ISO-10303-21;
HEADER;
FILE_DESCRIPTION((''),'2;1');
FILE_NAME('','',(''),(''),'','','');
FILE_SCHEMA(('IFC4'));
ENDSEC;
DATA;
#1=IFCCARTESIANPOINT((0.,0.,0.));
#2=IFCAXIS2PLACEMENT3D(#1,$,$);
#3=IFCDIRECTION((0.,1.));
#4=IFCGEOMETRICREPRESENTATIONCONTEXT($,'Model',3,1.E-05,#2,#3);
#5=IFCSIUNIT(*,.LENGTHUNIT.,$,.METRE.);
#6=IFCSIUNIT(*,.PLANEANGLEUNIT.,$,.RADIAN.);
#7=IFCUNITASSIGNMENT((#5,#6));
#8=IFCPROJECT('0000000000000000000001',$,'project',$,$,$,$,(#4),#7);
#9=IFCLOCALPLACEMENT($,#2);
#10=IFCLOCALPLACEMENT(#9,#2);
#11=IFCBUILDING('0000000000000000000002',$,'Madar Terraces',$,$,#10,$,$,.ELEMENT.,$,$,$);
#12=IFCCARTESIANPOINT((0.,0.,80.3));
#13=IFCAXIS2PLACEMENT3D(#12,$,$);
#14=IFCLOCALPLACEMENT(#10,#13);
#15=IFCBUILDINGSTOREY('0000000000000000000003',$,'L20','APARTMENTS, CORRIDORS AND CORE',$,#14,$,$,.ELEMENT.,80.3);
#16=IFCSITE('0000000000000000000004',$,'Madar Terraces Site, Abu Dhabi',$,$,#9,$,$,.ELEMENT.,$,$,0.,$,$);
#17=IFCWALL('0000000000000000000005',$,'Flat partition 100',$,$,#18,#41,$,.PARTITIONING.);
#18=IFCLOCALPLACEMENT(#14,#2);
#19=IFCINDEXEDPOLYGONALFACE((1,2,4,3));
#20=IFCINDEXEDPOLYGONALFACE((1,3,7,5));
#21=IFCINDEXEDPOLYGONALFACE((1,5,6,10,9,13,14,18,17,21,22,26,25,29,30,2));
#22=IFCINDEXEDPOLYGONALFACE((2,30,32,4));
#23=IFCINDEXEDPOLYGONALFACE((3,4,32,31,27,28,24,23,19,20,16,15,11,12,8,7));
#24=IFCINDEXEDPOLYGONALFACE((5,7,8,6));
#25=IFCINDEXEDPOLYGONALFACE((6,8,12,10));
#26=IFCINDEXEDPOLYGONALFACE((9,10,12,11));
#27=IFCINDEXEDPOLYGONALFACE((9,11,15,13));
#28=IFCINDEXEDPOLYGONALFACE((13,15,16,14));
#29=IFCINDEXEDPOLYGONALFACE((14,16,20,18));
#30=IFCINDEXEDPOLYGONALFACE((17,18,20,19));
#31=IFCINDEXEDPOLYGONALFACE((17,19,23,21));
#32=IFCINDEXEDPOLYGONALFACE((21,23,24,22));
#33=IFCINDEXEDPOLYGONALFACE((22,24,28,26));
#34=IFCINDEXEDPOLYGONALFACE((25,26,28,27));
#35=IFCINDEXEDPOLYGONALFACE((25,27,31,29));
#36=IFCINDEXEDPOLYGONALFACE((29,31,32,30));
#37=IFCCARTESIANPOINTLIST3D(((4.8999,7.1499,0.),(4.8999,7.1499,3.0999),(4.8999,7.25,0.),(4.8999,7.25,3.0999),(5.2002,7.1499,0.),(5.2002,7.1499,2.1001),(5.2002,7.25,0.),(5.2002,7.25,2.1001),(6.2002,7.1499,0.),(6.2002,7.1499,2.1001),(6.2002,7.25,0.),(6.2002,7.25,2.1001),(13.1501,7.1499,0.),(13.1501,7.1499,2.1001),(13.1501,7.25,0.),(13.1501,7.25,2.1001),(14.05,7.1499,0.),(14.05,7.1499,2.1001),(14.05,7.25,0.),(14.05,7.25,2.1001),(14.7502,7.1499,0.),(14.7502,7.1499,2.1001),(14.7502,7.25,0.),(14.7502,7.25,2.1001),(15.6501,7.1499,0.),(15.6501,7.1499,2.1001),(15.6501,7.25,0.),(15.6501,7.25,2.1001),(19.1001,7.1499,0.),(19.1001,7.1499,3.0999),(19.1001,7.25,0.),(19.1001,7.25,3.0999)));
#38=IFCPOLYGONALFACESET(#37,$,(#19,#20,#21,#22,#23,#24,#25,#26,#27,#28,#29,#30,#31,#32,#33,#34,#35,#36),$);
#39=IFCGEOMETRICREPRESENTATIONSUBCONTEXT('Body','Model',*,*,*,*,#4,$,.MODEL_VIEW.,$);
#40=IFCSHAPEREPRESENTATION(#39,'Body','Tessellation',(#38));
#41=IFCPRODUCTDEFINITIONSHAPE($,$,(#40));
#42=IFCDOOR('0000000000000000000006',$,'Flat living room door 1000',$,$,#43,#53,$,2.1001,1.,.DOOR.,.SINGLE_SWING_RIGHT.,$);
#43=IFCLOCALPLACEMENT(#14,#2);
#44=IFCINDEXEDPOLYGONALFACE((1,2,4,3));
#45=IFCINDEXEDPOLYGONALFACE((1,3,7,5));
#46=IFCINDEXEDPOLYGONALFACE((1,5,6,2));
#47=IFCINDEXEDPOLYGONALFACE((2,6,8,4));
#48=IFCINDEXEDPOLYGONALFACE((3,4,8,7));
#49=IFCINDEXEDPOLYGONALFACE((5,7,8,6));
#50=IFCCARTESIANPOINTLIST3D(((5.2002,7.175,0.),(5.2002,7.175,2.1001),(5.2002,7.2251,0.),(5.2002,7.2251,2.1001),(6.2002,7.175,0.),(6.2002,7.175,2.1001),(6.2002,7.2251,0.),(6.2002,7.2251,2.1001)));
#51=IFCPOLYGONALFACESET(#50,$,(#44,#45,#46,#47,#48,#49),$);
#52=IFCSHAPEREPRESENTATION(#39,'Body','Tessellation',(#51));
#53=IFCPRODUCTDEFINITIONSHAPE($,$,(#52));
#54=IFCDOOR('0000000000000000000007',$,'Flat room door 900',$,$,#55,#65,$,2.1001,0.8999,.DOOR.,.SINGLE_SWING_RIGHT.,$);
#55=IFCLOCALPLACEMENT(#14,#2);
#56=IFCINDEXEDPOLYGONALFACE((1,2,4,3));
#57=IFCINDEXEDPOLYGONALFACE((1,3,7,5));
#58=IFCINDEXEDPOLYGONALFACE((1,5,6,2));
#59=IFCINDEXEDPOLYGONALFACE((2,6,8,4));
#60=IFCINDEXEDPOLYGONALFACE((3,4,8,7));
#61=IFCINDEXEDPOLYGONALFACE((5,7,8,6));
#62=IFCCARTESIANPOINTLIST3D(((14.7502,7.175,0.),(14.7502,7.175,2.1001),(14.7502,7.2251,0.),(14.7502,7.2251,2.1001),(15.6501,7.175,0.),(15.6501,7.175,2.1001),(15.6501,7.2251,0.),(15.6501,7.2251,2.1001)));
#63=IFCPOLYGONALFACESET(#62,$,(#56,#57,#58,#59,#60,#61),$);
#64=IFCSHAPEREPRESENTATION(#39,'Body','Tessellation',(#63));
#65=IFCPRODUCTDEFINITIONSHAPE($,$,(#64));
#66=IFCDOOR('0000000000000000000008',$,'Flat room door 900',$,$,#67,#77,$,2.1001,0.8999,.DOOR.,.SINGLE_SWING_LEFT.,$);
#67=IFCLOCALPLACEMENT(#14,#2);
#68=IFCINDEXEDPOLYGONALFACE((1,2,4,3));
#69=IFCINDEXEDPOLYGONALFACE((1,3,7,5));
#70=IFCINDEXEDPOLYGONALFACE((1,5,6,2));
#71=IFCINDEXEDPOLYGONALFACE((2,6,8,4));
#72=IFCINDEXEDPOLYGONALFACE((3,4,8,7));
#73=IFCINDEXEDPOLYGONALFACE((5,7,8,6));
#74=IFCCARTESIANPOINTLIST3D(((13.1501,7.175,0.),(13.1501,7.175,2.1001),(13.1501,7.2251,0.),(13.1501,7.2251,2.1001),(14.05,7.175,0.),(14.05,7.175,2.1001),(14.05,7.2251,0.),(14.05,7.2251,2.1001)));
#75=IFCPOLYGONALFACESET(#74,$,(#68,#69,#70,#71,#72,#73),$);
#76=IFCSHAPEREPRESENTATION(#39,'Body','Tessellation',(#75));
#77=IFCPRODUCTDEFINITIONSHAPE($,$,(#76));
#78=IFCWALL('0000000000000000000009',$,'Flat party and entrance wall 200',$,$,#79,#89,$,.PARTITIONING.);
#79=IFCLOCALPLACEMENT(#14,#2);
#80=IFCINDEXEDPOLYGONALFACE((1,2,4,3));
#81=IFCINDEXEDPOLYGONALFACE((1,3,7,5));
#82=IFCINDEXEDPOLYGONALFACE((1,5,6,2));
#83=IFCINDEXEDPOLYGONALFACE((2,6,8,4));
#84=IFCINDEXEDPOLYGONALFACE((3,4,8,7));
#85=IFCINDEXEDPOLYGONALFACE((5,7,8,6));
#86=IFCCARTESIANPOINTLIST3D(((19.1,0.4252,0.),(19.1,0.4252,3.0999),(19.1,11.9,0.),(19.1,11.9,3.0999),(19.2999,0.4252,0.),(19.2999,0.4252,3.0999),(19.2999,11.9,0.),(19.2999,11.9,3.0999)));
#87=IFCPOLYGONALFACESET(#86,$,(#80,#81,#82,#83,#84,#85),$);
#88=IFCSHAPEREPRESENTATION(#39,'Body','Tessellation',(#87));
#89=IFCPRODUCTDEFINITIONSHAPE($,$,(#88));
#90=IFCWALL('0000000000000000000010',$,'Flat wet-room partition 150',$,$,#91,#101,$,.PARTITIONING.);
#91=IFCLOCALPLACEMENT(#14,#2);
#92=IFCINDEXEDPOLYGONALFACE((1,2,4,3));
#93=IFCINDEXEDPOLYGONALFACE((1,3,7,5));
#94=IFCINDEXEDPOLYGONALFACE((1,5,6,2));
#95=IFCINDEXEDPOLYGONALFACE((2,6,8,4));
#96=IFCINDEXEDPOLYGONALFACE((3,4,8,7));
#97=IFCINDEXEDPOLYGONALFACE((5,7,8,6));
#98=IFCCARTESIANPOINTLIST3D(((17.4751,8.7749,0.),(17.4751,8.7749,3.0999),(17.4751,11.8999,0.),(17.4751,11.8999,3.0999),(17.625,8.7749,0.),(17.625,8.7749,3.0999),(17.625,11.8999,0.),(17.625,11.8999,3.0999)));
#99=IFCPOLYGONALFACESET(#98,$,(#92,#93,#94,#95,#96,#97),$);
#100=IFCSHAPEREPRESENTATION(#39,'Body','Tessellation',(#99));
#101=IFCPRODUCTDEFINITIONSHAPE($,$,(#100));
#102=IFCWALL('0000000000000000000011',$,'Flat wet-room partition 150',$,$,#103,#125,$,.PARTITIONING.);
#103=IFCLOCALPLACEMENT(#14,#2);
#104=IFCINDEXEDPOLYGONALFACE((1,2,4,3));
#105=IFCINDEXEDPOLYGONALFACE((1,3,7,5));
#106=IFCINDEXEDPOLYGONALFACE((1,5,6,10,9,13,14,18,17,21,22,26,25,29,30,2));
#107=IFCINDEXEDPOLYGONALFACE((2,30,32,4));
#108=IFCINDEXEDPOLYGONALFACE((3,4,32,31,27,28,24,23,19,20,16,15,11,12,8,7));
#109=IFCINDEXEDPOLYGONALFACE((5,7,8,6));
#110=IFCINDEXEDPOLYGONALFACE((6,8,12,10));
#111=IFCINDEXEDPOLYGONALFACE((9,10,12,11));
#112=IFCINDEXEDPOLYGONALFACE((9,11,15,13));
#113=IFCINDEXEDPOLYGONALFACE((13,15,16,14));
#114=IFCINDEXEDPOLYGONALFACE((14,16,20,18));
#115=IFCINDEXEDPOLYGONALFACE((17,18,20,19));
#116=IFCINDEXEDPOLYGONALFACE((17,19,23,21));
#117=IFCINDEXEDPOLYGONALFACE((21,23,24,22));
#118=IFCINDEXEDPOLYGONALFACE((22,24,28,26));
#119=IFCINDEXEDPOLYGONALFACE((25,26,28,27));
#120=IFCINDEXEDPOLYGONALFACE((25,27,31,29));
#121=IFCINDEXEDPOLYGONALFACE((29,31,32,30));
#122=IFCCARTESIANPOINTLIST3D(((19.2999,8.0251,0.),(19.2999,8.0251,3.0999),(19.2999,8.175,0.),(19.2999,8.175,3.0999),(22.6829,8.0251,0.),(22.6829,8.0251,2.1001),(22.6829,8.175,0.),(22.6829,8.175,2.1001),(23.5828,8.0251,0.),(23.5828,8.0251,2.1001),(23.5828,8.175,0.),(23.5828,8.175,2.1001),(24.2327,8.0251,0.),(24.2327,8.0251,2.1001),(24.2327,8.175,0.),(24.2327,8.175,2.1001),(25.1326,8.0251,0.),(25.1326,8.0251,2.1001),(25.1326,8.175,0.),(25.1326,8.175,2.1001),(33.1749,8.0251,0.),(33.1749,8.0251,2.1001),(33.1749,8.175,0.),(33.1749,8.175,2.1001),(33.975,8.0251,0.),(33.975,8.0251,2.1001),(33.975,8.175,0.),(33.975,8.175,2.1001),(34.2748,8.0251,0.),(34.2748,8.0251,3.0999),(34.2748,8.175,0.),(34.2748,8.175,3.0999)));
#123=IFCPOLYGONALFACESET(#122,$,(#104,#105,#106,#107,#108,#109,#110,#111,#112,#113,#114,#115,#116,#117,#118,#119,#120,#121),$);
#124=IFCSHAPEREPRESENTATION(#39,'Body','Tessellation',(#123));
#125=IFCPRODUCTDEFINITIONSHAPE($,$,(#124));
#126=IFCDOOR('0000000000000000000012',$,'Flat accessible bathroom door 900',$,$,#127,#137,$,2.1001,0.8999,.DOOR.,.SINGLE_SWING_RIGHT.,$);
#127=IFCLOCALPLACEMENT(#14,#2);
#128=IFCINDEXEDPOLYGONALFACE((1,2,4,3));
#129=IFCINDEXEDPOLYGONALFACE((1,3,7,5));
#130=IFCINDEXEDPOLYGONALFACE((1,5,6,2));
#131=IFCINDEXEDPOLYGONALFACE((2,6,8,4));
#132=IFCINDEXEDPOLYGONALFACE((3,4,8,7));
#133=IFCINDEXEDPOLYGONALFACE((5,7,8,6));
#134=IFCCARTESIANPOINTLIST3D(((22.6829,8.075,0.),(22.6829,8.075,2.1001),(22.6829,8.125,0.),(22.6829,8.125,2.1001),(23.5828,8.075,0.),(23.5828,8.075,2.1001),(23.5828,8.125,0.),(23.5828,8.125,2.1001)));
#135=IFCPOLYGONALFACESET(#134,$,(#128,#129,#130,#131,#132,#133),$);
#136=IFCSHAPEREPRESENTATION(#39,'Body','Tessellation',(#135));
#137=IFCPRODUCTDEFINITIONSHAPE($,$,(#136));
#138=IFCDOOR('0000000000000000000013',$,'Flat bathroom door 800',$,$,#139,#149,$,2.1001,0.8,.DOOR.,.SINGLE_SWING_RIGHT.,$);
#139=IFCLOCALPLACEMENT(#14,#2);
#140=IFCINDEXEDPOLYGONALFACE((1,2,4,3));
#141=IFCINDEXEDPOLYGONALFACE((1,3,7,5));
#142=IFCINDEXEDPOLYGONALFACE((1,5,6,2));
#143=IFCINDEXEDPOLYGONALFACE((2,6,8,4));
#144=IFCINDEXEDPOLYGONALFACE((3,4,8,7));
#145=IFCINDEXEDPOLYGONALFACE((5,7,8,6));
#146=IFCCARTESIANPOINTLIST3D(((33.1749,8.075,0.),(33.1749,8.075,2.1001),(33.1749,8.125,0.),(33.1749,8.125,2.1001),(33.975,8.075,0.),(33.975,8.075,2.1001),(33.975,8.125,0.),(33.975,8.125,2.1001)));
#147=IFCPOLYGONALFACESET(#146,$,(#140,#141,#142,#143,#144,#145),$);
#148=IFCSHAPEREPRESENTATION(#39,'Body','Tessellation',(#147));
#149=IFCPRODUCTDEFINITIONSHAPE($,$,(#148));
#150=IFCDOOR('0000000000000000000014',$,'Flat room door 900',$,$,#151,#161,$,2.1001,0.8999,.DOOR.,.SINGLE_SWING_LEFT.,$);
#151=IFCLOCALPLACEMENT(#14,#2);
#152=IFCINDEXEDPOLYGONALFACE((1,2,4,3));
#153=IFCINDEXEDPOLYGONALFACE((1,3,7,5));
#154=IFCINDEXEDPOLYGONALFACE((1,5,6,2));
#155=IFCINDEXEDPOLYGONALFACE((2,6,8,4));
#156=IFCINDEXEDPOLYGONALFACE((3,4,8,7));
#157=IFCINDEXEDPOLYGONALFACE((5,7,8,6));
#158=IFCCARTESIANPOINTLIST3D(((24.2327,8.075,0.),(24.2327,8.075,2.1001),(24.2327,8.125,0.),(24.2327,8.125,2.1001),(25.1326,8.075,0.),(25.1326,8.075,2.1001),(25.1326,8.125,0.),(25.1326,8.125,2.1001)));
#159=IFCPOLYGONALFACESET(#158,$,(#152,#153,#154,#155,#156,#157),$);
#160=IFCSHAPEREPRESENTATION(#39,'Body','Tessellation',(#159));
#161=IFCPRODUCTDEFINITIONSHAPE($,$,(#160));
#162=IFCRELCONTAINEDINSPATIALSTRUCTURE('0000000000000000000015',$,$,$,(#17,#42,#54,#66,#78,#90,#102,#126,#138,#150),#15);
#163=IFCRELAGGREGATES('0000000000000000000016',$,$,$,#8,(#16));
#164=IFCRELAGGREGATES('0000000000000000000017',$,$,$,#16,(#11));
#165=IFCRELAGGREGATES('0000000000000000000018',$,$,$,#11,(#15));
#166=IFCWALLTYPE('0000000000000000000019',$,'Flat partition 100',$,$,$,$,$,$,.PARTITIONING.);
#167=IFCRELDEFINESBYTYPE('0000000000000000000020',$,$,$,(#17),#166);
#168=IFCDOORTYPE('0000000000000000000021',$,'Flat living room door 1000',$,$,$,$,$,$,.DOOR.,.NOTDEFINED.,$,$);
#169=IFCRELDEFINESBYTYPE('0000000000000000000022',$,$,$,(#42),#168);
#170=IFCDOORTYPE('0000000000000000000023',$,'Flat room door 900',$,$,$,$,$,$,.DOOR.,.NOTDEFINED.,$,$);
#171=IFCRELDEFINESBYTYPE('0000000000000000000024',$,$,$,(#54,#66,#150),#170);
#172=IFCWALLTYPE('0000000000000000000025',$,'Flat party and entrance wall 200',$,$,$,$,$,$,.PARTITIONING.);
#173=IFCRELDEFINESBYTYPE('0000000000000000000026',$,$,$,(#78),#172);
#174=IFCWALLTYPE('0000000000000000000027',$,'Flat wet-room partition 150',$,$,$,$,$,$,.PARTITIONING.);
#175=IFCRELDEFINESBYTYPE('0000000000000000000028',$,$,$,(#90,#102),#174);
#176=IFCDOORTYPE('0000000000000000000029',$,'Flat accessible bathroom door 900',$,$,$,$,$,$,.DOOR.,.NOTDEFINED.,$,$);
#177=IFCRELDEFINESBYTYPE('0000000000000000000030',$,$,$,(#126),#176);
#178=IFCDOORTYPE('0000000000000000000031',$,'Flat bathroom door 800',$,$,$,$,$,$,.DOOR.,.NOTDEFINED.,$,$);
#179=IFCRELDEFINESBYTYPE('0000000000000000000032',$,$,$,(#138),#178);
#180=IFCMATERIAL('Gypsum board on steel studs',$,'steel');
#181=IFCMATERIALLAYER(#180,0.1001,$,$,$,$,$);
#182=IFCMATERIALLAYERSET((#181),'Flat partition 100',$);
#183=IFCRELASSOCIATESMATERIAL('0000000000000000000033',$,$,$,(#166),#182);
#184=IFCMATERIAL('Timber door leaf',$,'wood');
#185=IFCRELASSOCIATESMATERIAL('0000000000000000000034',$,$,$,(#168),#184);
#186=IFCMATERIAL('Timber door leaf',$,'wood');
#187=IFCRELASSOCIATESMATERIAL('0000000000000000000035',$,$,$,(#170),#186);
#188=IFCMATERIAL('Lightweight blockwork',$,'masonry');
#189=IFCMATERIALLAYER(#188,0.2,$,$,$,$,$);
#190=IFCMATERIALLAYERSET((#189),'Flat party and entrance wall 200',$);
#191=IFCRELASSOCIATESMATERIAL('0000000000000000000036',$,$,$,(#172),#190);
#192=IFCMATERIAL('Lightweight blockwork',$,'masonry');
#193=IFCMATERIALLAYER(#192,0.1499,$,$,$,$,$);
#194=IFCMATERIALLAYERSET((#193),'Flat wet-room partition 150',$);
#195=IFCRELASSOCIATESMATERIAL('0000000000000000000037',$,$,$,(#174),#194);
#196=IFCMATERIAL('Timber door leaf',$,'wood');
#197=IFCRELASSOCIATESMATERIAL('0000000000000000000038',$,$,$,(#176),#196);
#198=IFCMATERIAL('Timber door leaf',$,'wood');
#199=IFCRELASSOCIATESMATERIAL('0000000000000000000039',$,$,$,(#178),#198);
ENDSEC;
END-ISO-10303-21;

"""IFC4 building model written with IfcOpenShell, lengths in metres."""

from ifc_helpers import new_model, si_unit, direction, frame, frame_2d, origin, place, context, subcontext, project, spatial, rectangle, extrude, material, layer, layer_set, type_object, element, fill, save


model = new_model("IFC4")

# Units and contexts
model_context = context("Model", 3, precision=1e-05, world=origin(), true_north=direction((0.0, 1.0)))
body_context = subcontext(model_context, "Body", "Model", "MODEL_VIEW")
ifc_project = project(units=[si_unit("LENGTHUNIT", "METRE"), si_unit("PLANEANGLEUNIT", "RADIAN")], contexts=[model_context])

# Site, building, storey
site_placement = place(None, origin())
site = spatial("IfcSite", under=ifc_project, at=site_placement, Name="Madar Terraces Site, Abu Dhabi", CompositionType="ELEMENT", RefElevation=0.0)
building_placement = place(site_placement, origin())
building = spatial("IfcBuilding", under=site, at=building_placement, Name="Madar Terraces", CompositionType="ELEMENT")
storey_placement = place(building_placement, frame((0.0, 0.0, 80.3)))
storey = spatial("IfcBuildingStorey", under=building, at=storey_placement, Name="L20", Description="APARTMENTS, CORRIDORS AND CORE", CompositionType="ELEMENT", Elevation=80.3)

# Wall, openings, doors
ifc_material_1 = material(Name="Gypsum board on steel studs", Category="steel")
ifc_layer_1 = layer(ifc_material_1, 0.1001)
ifc_layer_set_1 = layer_set([ifc_layer_1], Name="Flat partition 100")
wall_type_1 = type_object("IfcWallType", Name="Flat partition 100", PredefinedType="PARTITIONING", material=ifc_layer_set_1)
wall_1_placement = place(storey_placement, frame((19.1001, 7.2, 0.0), z_axis=(0.0, 0.0, 1.0), x_axis=(-1.0, 0.0, 0.0)))
wall_1 = element("IfcWall", 1, at=wall_1_placement, inside=storey, type_object=wall_type_1, Name="Flat partition 100", PredefinedType="PARTITIONING", context=body_context, shape_type="SweptSolid", body=[
    extrude(rectangle(XDim=14.2002, YDim=0.1001, at=frame_2d((7.1001, 0.0))), origin(), (0.0, 0.0, 1.0), 3.0999),
])
opening_1_placement = place(wall_1_placement, frame((3.45, 0.0, 0.0)))
opening_1 = element("IfcOpeningElement", 2, at=opening_1_placement, cuts=wall_1, PredefinedType="OPENING", context=body_context, shape_type="SweptSolid", body=[
    extrude(rectangle(XDim=0.8999, YDim=2.1001, at=frame_2d((0.45, 1.05))), frame((0.0, 0.0601, 0.0), z_axis=(0.0, -1.0, 0.0), x_axis=(1.0, 0.0, 0.0)), (0.0, 0.0, 1.0), 0.1201),
])
opening_2_placement = place(wall_1_placement, frame((5.05, 0.0, 0.0)))
opening_2 = element("IfcOpeningElement", 3, at=opening_2_placement, cuts=wall_1, PredefinedType="OPENING", context=body_context, shape_type="SweptSolid", body=[
    extrude(rectangle(XDim=0.8999, YDim=2.1001, at=frame_2d((0.45, 1.05))), frame((0.0, 0.0601, 0.0), z_axis=(0.0, -1.0, 0.0), x_axis=(1.0, 0.0, 0.0)), (0.0, 0.0, 1.0), 0.1201),
])
opening_3_placement = place(wall_1_placement, frame((12.8999, 0.0, 0.0)))
opening_3 = element("IfcOpeningElement", 4, at=opening_3_placement, cuts=wall_1, PredefinedType="OPENING", context=body_context, shape_type="SweptSolid", body=[
    extrude(rectangle(XDim=1.0, YDim=2.1001, at=frame_2d((0.5, 1.05))), frame((0.0, 0.0601, 0.0), z_axis=(0.0, -1.0, 0.0), x_axis=(1.0, 0.0, 0.0)), (0.0, 0.0, 1.0), 0.1201),
])
ifc_material_2 = material(Name="Timber door leaf", Category="wood")
door_type_1 = type_object("IfcDoorType", Name="Flat living room door 1000", OperationType="NOTDEFINED", PredefinedType="DOOR", material=ifc_material_2)
door_1_placement = place(opening_3_placement, origin())
door_1 = element("IfcDoor", 5, at=door_1_placement, inside=storey, type_object=door_type_1, Name="Flat living room door 1000", OperationType="SINGLE_SWING_RIGHT", OverallHeight=2.1001, OverallWidth=1.0, PredefinedType="DOOR", context=body_context, shape_type="SweptSolid", body=[
    extrude(rectangle(XDim=1.0, YDim=2.1001, at=frame_2d((0.5, 1.05))), frame((0.0, 0.0249, 0.0), z_axis=(0.0, -1.0, 0.0), x_axis=(1.0, 0.0, 0.0)), (0.0, 0.0, 1.0), 0.05),
])
fill(opening_3, door_1)
ifc_material_3 = material(Name="Timber door leaf", Category="wood")
door_type_2 = type_object("IfcDoorType", Name="Flat room door 900", OperationType="NOTDEFINED", PredefinedType="DOOR", material=ifc_material_3)
door_2_placement = place(opening_1_placement, origin())
door_2 = element("IfcDoor", 6, at=door_2_placement, inside=storey, type_object=door_type_2, Name="Flat room door 900", OperationType="SINGLE_SWING_RIGHT", OverallHeight=2.1001, OverallWidth=0.8999, PredefinedType="DOOR", context=body_context, shape_type="SweptSolid", body=[
    extrude(rectangle(XDim=0.8999, YDim=2.1001, at=frame_2d((0.45, 1.05))), frame((0.0, 0.0249, 0.0), z_axis=(0.0, -1.0, 0.0), x_axis=(1.0, 0.0, 0.0)), (0.0, 0.0, 1.0), 0.05),
])
fill(opening_1, door_2)
door_3_placement = place(opening_2_placement, origin())
door_3 = element("IfcDoor", 7, at=door_3_placement, inside=storey, type_object=door_type_2, Name="Flat room door 900", OperationType="SINGLE_SWING_LEFT", OverallHeight=2.1001, OverallWidth=0.8999, PredefinedType="DOOR", context=body_context, shape_type="SweptSolid", body=[
    extrude(rectangle(XDim=0.8999, YDim=2.1001, at=frame_2d((0.45, 1.05))), frame((0.0, 0.0249, 0.0), z_axis=(0.0, -1.0, 0.0), x_axis=(1.0, 0.0, 0.0)), (0.0, 0.0, 1.0), 0.05),
])
fill(opening_2, door_3)

# Walls
ifc_material_4 = material(Name="Lightweight blockwork", Category="masonry")
ifc_layer_2 = layer(ifc_material_4, 0.2)
ifc_layer_set_2 = layer_set([ifc_layer_2], Name="Flat party and entrance wall 200")
wall_type_2 = type_object("IfcWallType", Name="Flat party and entrance wall 200", PredefinedType="PARTITIONING", material=ifc_layer_set_2)
wall_2_placement = place(storey_placement, frame((19.2, 11.8999, 0.0), z_axis=(0.0, 0.0, 1.0), x_axis=(0.0, -1.0, 0.0)))
element("IfcWall", 8, at=wall_2_placement, inside=storey, type_object=wall_type_2, Name="Flat party and entrance wall 200", PredefinedType="PARTITIONING", context=body_context, shape_type="SweptSolid", body=[
    extrude(rectangle(XDim=11.4749, YDim=0.2, at=frame_2d((5.7373, 0.0))), origin(), (0.0, 0.0, 1.0), 3.0999),
])
ifc_material_5 = material(Name="Lightweight blockwork", Category="masonry")
ifc_layer_3 = layer(ifc_material_5, 0.1499)
ifc_layer_set_3 = layer_set([ifc_layer_3], Name="Flat wet-room partition 150")
wall_type_3 = type_object("IfcWallType", Name="Flat wet-room partition 150", PredefinedType="PARTITIONING", material=ifc_layer_set_3)
wall_3_placement = place(storey_placement, frame((17.55, 11.8999, 0.0), z_axis=(0.0, 0.0, 1.0), x_axis=(0.0, -1.0, 0.0)))
element("IfcWall", 9, at=wall_3_placement, inside=storey, type_object=wall_type_3, Name="Flat wet-room partition 150", PredefinedType="PARTITIONING", context=body_context, shape_type="SweptSolid", body=[
    extrude(rectangle(XDim=3.125, YDim=0.1499, at=frame_2d((1.5625, 0.0))), origin(), (0.0, 0.0, 1.0), 3.0999),
])

# Wall, openings, doors
wall_4_placement = place(storey_placement, frame((19.3, 8.1001, 0.0), z_axis=(0.0, 0.0, 1.0), x_axis=(1.0, 0.0, 0.0)))
wall_4 = element("IfcWall", 10, at=wall_4_placement, inside=storey, type_object=wall_type_3, Name="Flat wet-room partition 150", PredefinedType="PARTITIONING", context=body_context, shape_type="SweptSolid", body=[
    extrude(rectangle(XDim=14.9749, YDim=0.1499, at=frame_2d((7.4873, 0.0))), origin(), (0.0, 0.0, 1.0), 3.0999),
])
opening_4_placement = place(wall_4_placement, frame((13.875, 0.0, 0.0)))
opening_4 = element("IfcOpeningElement", 11, at=opening_4_placement, cuts=wall_4, PredefinedType="OPENING", context=body_context, shape_type="SweptSolid", body=[
    extrude(rectangle(XDim=0.8, YDim=2.1001, at=frame_2d((0.3999, 1.05))), frame((0.0, 0.085, 0.0), z_axis=(0.0, -1.0, 0.0), x_axis=(1.0, 0.0, 0.0)), (0.0, 0.0, 1.0), 0.1699),
])
opening_5_placement = place(wall_4_placement, frame((4.9326, 0.0, 0.0)))
opening_5 = element("IfcOpeningElement", 12, at=opening_5_placement, cuts=wall_4, PredefinedType="OPENING", context=body_context, shape_type="SweptSolid", body=[
    extrude(rectangle(XDim=0.8999, YDim=2.1001, at=frame_2d((0.45, 1.05))), frame((0.0, 0.085, 0.0), z_axis=(0.0, -1.0, 0.0), x_axis=(1.0, 0.0, 0.0)), (0.0, 0.0, 1.0), 0.1699),
])
opening_6_placement = place(wall_4_placement, frame((3.3828, 0.0, 0.0)))
opening_6 = element("IfcOpeningElement", 13, at=opening_6_placement, cuts=wall_4, PredefinedType="OPENING", context=body_context, shape_type="SweptSolid", body=[
    extrude(rectangle(XDim=0.8999, YDim=2.1001, at=frame_2d((0.45, 1.05))), frame((0.0, 0.085, 0.0), z_axis=(0.0, -1.0, 0.0), x_axis=(1.0, 0.0, 0.0)), (0.0, 0.0, 1.0), 0.1699),
])
ifc_material_6 = material(Name="Timber door leaf", Category="wood")
door_type_3 = type_object("IfcDoorType", Name="Flat accessible bathroom door 900", OperationType="NOTDEFINED", PredefinedType="DOOR", material=ifc_material_6)
door_4_placement = place(opening_6_placement, origin())
door_4 = element("IfcDoor", 14, at=door_4_placement, inside=storey, type_object=door_type_3, Name="Flat accessible bathroom door 900", OperationType="SINGLE_SWING_RIGHT", OverallHeight=2.1001, OverallWidth=0.8999, PredefinedType="DOOR", context=body_context, shape_type="SweptSolid", body=[
    extrude(rectangle(XDim=0.8999, YDim=2.1001, at=frame_2d((0.45, 1.05))), frame((0.0, 0.0249, 0.0), z_axis=(0.0, -1.0, 0.0), x_axis=(1.0, 0.0, 0.0)), (0.0, 0.0, 1.0), 0.05),
])
fill(opening_6, door_4)
ifc_material_7 = material(Name="Timber door leaf", Category="wood")
door_type_4 = type_object("IfcDoorType", Name="Flat bathroom door 800", OperationType="NOTDEFINED", PredefinedType="DOOR", material=ifc_material_7)
door_5_placement = place(opening_4_placement, origin())
door_5 = element("IfcDoor", 15, at=door_5_placement, inside=storey, type_object=door_type_4, Name="Flat bathroom door 800", OperationType="SINGLE_SWING_RIGHT", OverallHeight=2.1001, OverallWidth=0.8, PredefinedType="DOOR", context=body_context, shape_type="SweptSolid", body=[
    extrude(rectangle(XDim=0.8, YDim=2.1001, at=frame_2d((0.3999, 1.05))), frame((0.0, 0.0249, 0.0), z_axis=(0.0, -1.0, 0.0), x_axis=(1.0, 0.0, 0.0)), (0.0, 0.0, 1.0), 0.05),
])
fill(opening_4, door_5)
door_6_placement = place(opening_5_placement, origin())
door_6 = element("IfcDoor", 16, at=door_6_placement, inside=storey, type_object=door_type_2, Name="Flat room door 900", OperationType="SINGLE_SWING_LEFT", OverallHeight=2.1001, OverallWidth=0.8999, PredefinedType="DOOR", context=body_context, shape_type="SweptSolid", body=[
    extrude(rectangle(XDim=0.8999, YDim=2.1001, at=frame_2d((0.45, 1.05))), frame((0.0, 0.0249, 0.0), z_axis=(0.0, -1.0, 0.0), x_axis=(1.0, 0.0, 0.0)), (0.0, 0.0, 1.0), 0.05),
])
fill(opening_5, door_6)

save(model, "model.ifc")
